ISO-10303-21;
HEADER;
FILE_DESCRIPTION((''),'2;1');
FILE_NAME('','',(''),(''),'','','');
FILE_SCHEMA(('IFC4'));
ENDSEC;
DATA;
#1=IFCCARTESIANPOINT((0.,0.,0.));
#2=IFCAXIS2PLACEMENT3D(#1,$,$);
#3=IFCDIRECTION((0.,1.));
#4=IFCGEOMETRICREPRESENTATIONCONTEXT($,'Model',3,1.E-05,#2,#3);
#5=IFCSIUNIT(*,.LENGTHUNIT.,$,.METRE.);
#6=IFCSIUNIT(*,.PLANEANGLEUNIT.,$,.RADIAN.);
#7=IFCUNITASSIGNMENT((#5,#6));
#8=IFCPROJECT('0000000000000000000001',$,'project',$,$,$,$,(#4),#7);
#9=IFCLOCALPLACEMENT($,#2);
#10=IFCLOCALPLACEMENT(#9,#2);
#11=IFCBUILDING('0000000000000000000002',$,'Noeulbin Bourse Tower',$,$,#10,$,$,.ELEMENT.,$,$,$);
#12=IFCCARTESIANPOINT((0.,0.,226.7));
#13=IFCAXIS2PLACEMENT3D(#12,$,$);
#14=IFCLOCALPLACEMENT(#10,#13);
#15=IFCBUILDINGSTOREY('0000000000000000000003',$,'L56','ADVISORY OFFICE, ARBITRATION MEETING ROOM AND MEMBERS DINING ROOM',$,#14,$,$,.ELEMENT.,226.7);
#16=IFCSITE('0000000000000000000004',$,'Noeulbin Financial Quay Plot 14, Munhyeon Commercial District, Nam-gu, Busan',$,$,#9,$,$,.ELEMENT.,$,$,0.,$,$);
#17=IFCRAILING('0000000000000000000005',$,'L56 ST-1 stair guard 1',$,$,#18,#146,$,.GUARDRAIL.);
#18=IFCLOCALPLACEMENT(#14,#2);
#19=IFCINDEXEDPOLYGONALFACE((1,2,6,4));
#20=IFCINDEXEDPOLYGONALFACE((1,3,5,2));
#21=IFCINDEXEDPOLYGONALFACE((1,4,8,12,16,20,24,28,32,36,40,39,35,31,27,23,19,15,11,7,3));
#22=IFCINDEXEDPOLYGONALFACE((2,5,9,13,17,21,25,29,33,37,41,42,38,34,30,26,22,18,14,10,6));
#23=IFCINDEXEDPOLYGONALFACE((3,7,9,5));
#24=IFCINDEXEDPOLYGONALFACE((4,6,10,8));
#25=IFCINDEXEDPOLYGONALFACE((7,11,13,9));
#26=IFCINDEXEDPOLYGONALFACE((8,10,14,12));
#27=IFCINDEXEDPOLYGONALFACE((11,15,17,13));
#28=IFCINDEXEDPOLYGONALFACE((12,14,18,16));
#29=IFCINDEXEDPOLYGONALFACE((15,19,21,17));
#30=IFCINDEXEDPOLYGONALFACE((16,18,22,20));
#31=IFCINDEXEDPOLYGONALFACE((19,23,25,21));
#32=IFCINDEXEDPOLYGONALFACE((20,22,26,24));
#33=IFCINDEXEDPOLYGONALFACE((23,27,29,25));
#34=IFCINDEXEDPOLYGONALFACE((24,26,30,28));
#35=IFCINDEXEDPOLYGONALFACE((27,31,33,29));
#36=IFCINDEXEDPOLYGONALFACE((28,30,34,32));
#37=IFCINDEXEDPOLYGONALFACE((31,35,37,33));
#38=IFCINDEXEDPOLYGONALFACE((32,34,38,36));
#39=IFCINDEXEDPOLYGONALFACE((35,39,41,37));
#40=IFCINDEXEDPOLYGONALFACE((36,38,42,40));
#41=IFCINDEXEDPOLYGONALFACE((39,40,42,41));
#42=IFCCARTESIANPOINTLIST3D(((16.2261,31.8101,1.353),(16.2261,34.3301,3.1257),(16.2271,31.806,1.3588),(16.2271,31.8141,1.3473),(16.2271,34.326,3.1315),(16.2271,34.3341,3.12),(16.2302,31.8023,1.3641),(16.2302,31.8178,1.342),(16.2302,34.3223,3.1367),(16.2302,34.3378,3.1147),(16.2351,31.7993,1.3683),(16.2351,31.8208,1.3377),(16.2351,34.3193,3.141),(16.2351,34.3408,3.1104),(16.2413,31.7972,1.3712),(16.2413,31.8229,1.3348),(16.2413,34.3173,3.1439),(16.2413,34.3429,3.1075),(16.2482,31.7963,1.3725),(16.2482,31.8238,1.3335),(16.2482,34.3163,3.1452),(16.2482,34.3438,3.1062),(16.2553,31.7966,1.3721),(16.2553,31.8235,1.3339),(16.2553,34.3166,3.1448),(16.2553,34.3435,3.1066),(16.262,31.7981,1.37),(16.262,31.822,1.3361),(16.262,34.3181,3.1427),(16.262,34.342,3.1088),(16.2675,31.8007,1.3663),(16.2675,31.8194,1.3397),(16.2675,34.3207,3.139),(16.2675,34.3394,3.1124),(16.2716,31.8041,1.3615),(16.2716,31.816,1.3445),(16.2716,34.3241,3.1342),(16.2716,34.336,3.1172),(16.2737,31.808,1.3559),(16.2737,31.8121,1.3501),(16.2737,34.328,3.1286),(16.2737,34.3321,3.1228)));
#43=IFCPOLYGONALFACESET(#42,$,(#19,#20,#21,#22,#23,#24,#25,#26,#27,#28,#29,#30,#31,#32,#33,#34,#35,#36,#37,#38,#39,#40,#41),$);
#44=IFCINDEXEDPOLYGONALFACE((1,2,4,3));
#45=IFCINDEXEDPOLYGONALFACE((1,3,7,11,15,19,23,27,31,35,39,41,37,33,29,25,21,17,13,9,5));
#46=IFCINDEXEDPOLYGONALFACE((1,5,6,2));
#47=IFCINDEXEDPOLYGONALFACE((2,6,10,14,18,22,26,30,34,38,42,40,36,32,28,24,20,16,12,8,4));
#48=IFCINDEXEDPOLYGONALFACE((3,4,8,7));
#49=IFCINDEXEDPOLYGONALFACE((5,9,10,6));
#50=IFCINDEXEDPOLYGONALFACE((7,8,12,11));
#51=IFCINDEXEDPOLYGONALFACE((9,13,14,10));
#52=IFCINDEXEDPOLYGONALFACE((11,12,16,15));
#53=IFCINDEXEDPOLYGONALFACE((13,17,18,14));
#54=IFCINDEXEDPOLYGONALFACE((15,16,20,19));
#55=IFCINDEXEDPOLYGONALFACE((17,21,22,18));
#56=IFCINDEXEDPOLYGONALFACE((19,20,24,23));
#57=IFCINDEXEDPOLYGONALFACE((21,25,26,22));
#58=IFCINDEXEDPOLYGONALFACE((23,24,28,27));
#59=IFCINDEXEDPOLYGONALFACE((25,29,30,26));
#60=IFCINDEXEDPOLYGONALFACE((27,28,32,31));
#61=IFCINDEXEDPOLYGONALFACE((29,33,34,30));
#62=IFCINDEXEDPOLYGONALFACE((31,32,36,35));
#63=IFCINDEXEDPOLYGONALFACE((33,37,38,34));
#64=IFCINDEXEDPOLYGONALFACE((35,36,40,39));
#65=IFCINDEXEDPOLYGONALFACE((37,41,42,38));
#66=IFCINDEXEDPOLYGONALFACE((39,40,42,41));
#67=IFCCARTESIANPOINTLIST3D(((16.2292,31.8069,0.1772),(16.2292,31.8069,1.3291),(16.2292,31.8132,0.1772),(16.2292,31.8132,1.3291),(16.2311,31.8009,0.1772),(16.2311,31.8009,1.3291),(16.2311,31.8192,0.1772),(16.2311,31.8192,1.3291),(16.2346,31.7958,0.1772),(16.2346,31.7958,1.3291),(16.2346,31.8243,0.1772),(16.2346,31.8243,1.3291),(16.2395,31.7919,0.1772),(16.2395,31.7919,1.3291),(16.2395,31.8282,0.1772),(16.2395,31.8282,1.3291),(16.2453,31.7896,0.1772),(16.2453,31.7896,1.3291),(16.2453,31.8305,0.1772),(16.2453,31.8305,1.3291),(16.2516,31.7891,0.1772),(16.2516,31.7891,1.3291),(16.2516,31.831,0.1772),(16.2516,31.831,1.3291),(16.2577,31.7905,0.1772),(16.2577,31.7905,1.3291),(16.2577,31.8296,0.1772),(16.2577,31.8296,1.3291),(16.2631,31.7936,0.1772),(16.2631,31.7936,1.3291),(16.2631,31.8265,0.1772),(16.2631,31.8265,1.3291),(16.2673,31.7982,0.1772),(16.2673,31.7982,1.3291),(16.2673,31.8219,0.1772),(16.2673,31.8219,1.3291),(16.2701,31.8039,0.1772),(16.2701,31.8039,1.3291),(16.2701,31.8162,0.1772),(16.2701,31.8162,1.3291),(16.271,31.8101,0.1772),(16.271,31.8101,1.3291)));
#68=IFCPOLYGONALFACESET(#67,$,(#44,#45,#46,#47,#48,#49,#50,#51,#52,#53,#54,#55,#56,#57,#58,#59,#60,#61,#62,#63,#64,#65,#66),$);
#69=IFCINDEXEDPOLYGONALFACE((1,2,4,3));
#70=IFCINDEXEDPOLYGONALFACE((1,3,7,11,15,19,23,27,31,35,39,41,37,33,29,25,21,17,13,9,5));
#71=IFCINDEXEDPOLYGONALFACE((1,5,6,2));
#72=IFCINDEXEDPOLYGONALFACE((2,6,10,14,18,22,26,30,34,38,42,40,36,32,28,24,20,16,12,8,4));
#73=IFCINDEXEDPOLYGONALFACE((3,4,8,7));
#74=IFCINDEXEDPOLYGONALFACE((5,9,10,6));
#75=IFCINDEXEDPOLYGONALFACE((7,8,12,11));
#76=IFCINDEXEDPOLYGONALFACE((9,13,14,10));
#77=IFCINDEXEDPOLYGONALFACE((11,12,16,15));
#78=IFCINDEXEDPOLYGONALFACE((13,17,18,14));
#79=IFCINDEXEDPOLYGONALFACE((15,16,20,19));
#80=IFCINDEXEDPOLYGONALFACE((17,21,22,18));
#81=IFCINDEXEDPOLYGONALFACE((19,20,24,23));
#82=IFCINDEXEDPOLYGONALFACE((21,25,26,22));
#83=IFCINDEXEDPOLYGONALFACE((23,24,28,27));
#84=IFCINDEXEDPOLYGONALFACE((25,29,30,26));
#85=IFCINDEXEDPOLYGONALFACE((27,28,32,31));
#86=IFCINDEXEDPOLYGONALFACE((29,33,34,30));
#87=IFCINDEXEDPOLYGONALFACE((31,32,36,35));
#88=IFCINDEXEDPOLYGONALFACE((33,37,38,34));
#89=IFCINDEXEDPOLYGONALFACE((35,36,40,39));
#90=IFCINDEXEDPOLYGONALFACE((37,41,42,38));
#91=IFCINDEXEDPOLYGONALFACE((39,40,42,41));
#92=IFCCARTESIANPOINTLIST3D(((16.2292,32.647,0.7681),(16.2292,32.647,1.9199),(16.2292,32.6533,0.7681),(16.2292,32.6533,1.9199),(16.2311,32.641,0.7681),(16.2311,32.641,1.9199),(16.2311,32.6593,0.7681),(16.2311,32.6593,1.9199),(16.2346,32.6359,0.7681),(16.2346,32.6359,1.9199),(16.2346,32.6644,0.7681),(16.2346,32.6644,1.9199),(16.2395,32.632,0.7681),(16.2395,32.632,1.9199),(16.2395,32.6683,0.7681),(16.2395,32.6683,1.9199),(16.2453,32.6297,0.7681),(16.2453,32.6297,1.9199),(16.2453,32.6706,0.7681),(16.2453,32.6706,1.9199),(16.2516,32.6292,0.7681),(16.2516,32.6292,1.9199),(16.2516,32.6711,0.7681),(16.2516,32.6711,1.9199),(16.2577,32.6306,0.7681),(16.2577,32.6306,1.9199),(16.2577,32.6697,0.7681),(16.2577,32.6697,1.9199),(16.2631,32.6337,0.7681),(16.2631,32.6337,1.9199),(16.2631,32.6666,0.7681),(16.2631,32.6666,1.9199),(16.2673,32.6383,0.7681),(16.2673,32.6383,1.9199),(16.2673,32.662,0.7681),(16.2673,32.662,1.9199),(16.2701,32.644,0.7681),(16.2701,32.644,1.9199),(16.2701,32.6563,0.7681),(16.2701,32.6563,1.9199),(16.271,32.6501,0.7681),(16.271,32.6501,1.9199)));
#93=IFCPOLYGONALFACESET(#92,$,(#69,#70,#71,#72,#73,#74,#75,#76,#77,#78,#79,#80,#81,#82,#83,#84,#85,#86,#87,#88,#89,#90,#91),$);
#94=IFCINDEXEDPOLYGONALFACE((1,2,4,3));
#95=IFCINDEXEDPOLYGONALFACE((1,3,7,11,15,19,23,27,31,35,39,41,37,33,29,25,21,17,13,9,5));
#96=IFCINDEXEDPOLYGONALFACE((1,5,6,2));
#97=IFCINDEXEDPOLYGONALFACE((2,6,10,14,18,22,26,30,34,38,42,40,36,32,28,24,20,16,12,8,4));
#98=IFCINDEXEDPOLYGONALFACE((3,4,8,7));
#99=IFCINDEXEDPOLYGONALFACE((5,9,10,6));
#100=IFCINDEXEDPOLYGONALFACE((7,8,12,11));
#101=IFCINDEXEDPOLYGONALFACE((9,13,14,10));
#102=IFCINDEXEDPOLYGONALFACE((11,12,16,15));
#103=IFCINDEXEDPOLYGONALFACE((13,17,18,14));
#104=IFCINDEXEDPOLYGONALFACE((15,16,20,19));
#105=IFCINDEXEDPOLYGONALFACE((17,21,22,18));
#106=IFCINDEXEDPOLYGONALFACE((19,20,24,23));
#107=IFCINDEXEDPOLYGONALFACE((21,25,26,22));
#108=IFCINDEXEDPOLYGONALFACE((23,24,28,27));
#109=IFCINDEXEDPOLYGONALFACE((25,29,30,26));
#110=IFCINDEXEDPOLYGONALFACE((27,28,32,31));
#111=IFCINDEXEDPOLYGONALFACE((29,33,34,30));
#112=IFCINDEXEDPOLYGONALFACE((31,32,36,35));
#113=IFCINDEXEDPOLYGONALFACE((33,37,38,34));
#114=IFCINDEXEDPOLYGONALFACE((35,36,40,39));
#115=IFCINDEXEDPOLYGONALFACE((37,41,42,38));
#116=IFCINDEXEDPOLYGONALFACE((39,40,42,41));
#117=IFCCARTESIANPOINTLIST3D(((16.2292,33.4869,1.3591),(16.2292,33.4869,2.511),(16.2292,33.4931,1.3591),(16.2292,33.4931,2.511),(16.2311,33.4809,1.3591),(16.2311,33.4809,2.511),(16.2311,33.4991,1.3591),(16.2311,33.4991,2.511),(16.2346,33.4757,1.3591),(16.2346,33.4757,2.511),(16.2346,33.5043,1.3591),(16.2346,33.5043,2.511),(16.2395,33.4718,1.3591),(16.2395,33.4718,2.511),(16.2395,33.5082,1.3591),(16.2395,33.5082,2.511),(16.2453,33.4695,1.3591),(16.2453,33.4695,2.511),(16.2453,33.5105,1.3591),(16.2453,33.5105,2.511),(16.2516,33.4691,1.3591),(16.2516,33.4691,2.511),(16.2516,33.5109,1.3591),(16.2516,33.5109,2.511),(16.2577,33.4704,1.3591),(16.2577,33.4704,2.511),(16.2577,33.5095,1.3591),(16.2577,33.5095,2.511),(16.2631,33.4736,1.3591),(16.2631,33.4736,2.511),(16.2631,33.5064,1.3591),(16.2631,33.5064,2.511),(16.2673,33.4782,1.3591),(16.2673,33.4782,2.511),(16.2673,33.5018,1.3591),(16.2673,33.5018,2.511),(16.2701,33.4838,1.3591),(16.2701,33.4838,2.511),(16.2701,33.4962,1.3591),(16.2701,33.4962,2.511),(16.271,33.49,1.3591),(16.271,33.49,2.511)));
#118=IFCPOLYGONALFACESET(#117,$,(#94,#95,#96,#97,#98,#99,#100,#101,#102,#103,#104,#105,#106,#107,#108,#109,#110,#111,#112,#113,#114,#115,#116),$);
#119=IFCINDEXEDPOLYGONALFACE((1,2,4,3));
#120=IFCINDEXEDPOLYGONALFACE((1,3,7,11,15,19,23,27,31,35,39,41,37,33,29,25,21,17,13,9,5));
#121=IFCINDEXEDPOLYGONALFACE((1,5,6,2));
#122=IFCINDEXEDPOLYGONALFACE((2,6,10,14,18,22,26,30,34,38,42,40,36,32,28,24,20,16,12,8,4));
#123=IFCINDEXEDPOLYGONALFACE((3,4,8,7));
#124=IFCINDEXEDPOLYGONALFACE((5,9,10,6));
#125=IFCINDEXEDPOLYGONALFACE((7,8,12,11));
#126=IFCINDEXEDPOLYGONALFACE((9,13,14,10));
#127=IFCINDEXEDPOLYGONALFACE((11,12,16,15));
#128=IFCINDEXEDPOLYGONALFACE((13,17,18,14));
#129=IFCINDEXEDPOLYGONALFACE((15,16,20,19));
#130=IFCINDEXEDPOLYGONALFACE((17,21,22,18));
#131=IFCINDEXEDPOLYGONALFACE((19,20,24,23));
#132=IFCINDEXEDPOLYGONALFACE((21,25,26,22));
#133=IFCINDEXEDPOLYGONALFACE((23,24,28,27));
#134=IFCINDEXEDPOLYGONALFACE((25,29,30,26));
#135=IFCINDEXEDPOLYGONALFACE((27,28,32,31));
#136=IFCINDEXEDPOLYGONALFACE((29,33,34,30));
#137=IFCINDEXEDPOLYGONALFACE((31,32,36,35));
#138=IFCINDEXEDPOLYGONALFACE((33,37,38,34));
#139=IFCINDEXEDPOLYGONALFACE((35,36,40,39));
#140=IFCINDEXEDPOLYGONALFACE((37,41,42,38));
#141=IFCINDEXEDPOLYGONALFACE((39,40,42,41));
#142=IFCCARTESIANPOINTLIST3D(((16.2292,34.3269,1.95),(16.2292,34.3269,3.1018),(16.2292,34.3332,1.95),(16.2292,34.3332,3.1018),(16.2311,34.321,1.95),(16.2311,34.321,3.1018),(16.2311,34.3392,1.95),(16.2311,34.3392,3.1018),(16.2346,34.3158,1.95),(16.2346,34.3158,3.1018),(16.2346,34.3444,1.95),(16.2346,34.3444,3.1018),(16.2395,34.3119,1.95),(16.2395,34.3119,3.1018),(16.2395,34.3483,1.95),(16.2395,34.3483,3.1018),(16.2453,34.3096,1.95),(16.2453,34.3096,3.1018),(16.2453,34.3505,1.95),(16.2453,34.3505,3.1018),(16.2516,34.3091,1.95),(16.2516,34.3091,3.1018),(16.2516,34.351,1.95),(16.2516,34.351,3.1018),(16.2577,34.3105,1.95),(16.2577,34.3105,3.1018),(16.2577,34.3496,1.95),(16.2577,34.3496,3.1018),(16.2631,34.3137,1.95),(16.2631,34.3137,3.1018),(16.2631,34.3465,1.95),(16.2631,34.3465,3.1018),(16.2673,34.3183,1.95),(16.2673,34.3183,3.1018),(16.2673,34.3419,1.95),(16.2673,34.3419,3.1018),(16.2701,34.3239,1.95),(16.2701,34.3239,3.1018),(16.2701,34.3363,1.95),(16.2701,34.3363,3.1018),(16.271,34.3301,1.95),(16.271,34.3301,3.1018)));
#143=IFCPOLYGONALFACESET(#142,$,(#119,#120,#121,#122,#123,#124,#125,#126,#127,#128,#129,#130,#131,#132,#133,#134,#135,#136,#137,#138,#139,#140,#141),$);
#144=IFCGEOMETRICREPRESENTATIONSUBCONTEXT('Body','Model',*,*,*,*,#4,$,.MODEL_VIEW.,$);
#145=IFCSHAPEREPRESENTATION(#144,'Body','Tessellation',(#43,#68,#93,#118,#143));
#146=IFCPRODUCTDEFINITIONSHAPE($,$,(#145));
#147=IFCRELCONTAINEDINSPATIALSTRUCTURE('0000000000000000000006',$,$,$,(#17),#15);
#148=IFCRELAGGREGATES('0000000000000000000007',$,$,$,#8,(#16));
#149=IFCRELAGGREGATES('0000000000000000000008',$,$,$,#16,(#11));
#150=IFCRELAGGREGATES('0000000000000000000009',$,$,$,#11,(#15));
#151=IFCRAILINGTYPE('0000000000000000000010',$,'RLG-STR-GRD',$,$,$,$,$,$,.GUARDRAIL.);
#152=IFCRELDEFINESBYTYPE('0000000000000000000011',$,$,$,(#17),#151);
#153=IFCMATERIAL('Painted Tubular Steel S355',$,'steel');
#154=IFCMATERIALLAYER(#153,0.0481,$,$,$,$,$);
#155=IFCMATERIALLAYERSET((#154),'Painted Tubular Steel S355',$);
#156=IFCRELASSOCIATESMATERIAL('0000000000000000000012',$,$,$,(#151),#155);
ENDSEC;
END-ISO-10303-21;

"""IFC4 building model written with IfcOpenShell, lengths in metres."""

from ifc_helpers import new_model, si_unit, direction, frame, origin, origin_2d, place, context, subcontext, project, spatial, circle, extrude, material, layer, layer_set, type_object, element, save


model = new_model("IFC4")

# Units and contexts
model_context = context("Model", 3, precision=1e-05, world=origin(), true_north=direction((0.0, 1.0)))
body_context = subcontext(model_context, "Body", "Model", "MODEL_VIEW")
ifc_project = project(units=[si_unit("LENGTHUNIT", "METRE"), si_unit("PLANEANGLEUNIT", "RADIAN")], contexts=[model_context])

# Site, building, storey
site_placement = place(None, origin())
site = spatial("IfcSite", under=ifc_project, at=site_placement, Name="Noeulbin Financial Quay Plot 14, Munhyeon Commercial District, Nam-gu, Busan", CompositionType="ELEMENT", RefElevation=0.0)
building_placement = place(site_placement, origin())
building = spatial("IfcBuilding", under=site, at=building_placement, Name="Noeulbin Bourse Tower", CompositionType="ELEMENT")
storey_placement = place(building_placement, frame((0.0, 0.0, 226.7)))
storey = spatial("IfcBuildingStorey", under=building, at=storey_placement, Name="L56", Description="ADVISORY OFFICE, ARBITRATION MEETING ROOM AND MEMBERS DINING ROOM", CompositionType="ELEMENT", Elevation=226.7)

# Railing
ifc_material_1 = material(Name="Painted Tubular Steel S355", Category="steel")
ifc_layer_1 = layer(ifc_material_1, 0.0481)
ifc_layer_set_1 = layer_set([ifc_layer_1], Name="Painted Tubular Steel S355")
railing_type_1 = type_object("IfcRailingType", Name="RLG-STR-GRD", PredefinedType="GUARDRAIL", material=ifc_layer_set_1)
railing_1_placement = place(storey_placement, frame((16.25, 31.8101, 0.1772)))
element("IfcRailing", 1, at=railing_1_placement, inside=storey, type_object=railing_type_1, Name="L56 ST-1 stair guard 1", PredefinedType="GUARDRAIL", context=body_context, shape_type="SweptSolid", body=[
    extrude(circle(Radius=0.0239, at=origin_2d()), frame((0.0, 0.0, 1.1758), z_axis=(0.0, 0.817904, 0.575354), x_axis=(-1.0, 0.0, 0.0)), (0.0, 0.0, 1.0), 3.0811),
    extrude(circle(Radius=0.021, at=origin_2d()), origin(), (0.0, 0.0, 1.0), 1.1519),
    extrude(circle(Radius=0.021, at=origin_2d()), frame((0.0, 0.8401, 0.5908)), (0.0, 0.0, 1.0), 1.1519),
    extrude(circle(Radius=0.021, at=origin_2d()), frame((0.0, 1.6799, 1.1819)), (0.0, 0.0, 1.0), 1.1519),
    extrude(circle(Radius=0.021, at=origin_2d()), frame((0.0, 2.52, 1.7727)), (0.0, 0.0, 1.0), 1.1519),
])

save(model, "model.ifc")
